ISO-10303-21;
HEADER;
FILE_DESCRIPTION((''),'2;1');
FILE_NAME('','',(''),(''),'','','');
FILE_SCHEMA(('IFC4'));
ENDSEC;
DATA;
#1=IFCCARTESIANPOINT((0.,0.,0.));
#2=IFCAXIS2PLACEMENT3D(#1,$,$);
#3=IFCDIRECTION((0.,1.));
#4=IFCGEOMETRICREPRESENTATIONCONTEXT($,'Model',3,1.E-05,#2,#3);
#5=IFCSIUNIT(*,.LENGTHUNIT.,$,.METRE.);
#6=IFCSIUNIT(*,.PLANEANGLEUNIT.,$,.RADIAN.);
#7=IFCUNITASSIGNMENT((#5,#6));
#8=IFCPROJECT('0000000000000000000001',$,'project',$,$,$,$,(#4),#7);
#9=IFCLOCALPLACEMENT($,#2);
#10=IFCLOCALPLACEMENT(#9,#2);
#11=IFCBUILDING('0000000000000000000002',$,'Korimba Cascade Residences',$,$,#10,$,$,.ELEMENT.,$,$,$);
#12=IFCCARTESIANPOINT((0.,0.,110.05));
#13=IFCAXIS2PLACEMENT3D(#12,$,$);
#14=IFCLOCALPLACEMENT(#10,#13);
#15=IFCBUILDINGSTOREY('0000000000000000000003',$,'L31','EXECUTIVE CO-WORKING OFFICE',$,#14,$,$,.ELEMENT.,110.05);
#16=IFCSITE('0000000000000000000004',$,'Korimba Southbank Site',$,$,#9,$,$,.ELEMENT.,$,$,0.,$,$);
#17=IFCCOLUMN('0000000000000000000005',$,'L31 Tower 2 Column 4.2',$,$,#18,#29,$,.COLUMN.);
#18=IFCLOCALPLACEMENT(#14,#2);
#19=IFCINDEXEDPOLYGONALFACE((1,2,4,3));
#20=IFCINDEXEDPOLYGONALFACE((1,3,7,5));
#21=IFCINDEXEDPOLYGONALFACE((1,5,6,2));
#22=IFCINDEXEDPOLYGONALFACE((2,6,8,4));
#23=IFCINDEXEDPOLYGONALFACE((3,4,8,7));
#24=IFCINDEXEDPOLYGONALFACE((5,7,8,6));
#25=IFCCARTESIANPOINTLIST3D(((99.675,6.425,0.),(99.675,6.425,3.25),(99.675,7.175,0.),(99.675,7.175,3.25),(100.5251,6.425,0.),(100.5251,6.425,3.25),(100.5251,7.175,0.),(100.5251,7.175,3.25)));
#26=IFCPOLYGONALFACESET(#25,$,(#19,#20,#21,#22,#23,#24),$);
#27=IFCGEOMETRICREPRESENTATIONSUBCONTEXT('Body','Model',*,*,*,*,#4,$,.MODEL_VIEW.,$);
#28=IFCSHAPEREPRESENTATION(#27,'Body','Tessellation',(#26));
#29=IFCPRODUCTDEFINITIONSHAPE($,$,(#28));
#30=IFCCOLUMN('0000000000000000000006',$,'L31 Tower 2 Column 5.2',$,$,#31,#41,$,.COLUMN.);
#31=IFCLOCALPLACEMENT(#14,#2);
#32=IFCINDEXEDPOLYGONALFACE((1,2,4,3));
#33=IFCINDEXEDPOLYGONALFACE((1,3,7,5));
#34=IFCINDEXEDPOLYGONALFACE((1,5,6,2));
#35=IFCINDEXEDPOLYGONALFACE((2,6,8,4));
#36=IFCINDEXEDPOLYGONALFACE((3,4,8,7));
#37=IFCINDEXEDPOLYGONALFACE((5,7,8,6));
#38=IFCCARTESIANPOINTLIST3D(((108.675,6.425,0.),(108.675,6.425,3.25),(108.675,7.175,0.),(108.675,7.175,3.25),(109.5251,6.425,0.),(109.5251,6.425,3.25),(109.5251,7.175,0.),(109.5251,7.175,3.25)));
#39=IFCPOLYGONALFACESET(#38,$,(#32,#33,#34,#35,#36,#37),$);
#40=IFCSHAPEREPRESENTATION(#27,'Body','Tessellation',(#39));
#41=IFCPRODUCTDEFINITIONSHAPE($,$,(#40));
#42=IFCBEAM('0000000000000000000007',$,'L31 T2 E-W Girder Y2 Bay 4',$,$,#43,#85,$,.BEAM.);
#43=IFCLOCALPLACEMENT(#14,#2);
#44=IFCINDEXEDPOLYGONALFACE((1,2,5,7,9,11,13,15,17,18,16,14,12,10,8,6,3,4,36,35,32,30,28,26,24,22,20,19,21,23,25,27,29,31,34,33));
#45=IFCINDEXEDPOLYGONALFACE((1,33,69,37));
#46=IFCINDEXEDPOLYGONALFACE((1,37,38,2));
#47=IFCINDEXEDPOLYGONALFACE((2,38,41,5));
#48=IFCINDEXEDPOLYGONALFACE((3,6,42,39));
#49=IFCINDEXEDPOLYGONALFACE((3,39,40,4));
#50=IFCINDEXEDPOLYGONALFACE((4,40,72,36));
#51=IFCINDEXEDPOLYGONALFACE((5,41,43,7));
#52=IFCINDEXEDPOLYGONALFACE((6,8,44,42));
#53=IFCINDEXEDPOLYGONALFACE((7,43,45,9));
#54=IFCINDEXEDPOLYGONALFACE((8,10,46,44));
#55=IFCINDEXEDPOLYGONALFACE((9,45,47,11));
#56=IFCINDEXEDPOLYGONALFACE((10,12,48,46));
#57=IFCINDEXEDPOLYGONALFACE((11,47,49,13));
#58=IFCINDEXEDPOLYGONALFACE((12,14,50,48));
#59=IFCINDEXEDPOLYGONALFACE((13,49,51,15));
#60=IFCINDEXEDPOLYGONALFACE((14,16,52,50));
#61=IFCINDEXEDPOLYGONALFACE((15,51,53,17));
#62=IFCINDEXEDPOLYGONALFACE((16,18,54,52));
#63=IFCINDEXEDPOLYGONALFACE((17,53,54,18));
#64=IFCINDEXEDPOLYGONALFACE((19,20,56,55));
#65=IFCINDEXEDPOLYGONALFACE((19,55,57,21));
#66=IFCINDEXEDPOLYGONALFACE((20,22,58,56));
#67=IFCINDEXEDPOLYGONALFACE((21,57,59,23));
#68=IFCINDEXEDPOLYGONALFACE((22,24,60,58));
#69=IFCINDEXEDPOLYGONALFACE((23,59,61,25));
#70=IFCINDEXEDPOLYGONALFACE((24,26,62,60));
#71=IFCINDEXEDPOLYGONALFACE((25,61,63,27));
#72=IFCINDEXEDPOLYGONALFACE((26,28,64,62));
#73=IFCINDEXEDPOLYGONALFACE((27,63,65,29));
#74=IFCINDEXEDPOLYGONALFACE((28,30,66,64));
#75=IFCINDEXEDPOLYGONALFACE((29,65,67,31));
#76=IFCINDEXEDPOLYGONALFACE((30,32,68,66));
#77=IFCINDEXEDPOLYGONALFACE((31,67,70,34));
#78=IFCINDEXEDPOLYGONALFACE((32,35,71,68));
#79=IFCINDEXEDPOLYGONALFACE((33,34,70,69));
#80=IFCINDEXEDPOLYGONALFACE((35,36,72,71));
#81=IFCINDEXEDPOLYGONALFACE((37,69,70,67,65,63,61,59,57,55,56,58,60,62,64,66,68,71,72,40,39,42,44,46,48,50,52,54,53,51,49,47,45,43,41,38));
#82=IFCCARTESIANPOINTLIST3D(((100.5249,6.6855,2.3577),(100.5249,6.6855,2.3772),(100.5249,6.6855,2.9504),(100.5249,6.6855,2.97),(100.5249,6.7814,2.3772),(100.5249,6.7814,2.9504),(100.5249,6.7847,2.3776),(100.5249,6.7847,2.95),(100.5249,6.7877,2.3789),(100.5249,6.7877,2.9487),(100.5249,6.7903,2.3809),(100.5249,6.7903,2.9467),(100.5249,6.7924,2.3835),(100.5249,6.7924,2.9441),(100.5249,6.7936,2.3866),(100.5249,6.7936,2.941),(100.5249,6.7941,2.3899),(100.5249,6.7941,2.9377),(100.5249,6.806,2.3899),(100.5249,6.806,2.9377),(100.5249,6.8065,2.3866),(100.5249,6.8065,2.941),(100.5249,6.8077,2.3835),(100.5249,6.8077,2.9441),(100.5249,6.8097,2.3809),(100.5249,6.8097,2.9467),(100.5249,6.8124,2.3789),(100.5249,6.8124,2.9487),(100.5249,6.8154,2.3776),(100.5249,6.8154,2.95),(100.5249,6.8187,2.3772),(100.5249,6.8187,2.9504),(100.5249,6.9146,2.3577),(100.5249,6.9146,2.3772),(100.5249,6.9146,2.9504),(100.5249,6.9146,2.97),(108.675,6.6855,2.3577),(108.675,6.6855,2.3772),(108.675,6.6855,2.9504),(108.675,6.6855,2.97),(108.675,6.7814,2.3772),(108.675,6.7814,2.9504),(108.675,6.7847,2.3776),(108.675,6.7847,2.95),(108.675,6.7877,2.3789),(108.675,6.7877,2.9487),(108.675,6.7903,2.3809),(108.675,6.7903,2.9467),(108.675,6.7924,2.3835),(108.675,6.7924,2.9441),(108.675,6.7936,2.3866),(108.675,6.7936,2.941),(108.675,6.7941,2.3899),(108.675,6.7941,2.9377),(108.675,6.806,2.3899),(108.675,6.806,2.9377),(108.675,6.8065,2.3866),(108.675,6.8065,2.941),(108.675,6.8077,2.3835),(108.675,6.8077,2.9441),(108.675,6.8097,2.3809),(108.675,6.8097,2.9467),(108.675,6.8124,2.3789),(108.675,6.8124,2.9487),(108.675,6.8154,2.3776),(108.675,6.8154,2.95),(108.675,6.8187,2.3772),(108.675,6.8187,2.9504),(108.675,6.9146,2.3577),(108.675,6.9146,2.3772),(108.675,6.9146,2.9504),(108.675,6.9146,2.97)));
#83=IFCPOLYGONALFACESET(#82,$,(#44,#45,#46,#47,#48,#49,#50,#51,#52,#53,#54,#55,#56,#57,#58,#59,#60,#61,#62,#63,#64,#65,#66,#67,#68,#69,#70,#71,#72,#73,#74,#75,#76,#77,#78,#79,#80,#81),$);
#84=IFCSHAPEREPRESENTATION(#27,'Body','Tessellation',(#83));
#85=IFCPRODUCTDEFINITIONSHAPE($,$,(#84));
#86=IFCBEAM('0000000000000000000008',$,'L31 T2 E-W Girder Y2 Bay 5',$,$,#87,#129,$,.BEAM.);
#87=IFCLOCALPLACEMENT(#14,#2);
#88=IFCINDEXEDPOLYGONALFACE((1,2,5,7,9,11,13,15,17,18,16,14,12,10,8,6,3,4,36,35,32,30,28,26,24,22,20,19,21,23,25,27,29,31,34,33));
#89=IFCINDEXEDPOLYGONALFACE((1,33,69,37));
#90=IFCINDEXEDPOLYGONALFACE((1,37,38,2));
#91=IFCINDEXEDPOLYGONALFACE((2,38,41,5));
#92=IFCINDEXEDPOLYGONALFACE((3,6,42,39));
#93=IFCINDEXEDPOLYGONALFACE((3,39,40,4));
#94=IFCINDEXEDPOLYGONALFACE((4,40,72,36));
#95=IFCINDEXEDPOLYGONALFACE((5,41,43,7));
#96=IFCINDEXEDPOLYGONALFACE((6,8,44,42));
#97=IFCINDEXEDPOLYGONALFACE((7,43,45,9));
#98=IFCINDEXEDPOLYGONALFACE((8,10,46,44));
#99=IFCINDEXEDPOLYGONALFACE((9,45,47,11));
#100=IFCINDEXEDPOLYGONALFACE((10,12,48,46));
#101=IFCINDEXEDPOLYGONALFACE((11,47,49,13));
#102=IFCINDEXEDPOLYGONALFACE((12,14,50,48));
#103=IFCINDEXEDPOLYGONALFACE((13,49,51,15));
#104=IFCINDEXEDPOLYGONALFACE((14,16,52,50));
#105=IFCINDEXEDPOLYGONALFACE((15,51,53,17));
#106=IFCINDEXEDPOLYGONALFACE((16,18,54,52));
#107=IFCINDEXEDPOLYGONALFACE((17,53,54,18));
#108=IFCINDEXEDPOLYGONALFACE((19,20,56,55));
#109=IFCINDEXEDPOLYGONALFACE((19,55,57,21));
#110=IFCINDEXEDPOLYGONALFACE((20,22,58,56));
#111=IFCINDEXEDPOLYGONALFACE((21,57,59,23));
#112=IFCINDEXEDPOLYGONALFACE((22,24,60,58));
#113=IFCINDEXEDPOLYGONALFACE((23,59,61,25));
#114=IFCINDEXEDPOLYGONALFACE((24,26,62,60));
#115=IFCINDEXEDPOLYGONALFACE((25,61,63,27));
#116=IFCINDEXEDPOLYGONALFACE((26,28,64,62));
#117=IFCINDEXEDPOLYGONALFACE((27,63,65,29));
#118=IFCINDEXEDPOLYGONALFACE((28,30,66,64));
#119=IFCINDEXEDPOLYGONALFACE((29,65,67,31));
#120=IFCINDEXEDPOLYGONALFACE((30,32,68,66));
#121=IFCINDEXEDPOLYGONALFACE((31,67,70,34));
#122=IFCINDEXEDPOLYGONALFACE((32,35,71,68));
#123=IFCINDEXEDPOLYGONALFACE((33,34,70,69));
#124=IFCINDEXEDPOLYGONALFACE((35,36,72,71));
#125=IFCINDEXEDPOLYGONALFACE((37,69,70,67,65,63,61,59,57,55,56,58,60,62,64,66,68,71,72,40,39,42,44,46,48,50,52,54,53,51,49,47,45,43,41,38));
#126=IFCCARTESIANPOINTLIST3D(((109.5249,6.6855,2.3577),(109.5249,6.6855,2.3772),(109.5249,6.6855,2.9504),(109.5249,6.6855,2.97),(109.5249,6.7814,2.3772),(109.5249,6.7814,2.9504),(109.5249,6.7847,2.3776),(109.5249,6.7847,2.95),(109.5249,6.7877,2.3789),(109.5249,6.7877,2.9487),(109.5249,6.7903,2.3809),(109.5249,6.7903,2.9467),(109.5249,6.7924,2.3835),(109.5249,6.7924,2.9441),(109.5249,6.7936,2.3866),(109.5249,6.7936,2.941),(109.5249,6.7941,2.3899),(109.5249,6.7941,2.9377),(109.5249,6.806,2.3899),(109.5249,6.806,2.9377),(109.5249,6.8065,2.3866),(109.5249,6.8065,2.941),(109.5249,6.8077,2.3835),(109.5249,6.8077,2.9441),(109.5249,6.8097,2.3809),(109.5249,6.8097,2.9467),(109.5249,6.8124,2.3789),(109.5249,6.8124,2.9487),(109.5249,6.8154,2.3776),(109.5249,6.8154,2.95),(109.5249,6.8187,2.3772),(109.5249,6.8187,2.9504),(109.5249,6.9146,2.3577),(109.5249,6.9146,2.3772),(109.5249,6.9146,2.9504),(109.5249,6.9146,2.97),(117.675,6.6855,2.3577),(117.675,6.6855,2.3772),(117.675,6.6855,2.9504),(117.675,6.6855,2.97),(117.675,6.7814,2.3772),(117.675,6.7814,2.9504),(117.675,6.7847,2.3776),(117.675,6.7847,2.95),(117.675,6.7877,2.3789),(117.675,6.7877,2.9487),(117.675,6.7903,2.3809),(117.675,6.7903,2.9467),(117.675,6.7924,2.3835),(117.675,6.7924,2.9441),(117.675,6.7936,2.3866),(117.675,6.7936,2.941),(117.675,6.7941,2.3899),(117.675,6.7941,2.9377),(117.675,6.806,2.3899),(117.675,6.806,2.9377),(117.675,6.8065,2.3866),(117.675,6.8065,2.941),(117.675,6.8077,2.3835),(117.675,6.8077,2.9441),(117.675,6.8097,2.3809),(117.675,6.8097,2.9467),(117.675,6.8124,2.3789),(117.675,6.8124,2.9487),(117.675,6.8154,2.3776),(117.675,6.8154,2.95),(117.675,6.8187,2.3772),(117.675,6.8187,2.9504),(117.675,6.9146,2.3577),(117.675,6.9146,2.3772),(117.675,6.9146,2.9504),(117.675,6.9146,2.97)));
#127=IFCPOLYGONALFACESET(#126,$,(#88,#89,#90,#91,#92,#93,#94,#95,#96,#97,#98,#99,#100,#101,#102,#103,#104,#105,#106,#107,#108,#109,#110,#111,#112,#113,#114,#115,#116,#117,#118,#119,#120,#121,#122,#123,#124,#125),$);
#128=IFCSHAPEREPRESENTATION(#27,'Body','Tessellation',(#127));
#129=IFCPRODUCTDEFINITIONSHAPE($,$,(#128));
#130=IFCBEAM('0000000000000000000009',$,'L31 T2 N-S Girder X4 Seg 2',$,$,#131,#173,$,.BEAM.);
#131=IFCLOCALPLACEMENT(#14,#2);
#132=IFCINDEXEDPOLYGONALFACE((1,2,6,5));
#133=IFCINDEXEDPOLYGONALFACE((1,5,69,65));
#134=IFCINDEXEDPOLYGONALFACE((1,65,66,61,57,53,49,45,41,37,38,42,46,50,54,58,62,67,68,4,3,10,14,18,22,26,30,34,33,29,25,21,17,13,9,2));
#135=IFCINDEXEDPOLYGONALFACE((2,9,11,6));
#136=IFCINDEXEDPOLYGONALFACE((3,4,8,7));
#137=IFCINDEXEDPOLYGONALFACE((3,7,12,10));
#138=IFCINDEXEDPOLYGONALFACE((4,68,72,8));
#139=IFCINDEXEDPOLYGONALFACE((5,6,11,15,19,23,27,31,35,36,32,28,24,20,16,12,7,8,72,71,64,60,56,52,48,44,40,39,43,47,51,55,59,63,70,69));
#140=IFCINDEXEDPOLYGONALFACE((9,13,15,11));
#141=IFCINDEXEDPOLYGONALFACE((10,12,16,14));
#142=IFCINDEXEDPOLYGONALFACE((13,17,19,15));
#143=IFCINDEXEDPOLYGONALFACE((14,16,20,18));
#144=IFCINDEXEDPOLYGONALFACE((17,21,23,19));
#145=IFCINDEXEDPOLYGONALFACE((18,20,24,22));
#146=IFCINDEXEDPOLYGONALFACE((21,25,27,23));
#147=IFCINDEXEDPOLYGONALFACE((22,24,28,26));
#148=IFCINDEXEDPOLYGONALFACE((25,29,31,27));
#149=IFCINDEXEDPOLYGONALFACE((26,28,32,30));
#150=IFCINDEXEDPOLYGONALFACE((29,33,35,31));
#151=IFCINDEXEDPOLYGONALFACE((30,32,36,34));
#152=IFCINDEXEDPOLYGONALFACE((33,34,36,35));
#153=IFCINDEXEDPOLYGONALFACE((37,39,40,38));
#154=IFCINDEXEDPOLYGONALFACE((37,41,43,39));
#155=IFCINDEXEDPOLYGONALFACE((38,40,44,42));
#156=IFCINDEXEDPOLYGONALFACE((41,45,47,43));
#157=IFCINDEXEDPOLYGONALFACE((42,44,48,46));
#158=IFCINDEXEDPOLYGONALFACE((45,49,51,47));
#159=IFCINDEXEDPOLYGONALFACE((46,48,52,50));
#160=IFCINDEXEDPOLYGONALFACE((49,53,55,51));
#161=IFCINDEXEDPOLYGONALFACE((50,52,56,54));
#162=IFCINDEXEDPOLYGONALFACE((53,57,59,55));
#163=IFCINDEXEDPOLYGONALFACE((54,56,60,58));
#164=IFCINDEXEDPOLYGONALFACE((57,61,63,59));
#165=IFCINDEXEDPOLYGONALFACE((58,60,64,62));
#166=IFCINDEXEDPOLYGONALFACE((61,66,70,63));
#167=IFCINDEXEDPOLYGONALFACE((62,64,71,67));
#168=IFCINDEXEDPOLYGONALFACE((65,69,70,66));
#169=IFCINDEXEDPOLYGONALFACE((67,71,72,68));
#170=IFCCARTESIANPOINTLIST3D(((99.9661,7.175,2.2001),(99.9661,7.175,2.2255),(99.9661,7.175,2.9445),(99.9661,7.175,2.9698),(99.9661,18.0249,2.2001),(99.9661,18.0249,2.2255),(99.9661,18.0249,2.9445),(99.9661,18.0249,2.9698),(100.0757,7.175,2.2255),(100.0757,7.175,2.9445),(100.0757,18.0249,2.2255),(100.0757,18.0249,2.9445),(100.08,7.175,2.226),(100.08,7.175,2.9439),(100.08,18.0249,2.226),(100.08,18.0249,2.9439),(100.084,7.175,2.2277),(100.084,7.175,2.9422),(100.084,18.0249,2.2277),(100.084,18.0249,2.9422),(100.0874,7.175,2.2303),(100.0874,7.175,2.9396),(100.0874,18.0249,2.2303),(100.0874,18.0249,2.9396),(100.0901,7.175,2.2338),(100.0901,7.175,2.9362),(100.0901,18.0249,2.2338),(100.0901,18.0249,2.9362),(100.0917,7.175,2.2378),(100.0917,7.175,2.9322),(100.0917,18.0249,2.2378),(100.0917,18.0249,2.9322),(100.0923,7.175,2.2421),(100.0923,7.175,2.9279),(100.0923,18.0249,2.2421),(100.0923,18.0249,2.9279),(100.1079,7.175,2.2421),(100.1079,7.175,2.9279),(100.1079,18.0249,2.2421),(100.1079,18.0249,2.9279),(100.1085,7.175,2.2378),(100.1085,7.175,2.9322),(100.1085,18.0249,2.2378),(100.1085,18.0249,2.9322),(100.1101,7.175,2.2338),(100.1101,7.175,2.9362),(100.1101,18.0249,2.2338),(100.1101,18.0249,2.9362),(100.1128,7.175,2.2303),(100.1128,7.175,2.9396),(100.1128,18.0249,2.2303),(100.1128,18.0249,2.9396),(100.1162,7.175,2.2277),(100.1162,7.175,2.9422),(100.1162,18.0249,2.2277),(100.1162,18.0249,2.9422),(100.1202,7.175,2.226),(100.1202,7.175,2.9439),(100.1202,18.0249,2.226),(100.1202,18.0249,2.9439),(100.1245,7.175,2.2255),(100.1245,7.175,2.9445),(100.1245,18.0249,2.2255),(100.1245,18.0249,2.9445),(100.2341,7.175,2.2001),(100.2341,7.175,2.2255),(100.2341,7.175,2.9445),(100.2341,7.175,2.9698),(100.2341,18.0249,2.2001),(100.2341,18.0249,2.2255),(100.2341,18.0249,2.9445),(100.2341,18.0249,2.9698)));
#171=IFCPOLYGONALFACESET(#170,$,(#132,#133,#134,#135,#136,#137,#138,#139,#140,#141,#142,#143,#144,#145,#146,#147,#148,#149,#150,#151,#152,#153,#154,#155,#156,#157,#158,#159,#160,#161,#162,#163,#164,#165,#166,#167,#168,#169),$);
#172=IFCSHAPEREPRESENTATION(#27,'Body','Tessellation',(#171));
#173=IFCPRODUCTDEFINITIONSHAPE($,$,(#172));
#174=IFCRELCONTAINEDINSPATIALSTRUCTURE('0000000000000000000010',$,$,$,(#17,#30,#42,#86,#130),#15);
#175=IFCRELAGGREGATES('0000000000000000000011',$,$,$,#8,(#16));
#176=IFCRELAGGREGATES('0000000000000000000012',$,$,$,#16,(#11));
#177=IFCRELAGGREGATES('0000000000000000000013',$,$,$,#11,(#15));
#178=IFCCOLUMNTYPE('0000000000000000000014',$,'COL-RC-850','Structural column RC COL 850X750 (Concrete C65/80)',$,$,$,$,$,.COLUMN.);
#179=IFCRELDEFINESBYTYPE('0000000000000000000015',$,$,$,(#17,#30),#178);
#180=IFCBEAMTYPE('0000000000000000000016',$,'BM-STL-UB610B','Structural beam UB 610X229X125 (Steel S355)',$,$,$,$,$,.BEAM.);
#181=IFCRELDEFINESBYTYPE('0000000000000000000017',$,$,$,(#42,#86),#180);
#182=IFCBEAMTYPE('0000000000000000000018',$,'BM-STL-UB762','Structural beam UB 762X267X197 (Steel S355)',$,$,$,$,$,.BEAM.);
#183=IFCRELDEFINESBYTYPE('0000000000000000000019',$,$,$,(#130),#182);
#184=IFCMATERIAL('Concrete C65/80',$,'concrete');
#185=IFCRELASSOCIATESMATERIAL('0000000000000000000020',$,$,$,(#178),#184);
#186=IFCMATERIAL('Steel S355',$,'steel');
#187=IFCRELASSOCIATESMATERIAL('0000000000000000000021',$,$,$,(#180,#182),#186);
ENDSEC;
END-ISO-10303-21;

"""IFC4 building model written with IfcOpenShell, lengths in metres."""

from ifc_helpers import new_model, si_unit, direction, frame, origin, origin_2d, place, context, subcontext, project, spatial, rectangle, i_section, extrude, material, material_profile, profile_set, type_object, element, save


model = new_model("IFC4")

# Units and contexts
model_context = context("Model", 3, precision=1e-05, world=origin(), true_north=direction((0.0, 1.0)))
body_context = subcontext(model_context, "Body", "Model", "MODEL_VIEW")
ifc_project = project(units=[si_unit("LENGTHUNIT", "METRE"), si_unit("PLANEANGLEUNIT", "RADIAN")], contexts=[model_context])

# Site, building, storey
site_placement = place(None, origin())
site = spatial("IfcSite", under=ifc_project, at=site_placement, Name="Korimba Southbank Site", CompositionType="ELEMENT", RefElevation=0.0)
building_placement = place(site_placement, origin())
building = spatial("IfcBuilding", under=site, at=building_placement, Name="Korimba Cascade Residences", CompositionType="ELEMENT")
storey_placement = place(building_placement, frame((0.0, 0.0, 110.05)))
storey = spatial("IfcBuildingStorey", under=building, at=storey_placement, Name="L31", Description="EXECUTIVE CO-WORKING OFFICE", CompositionType="ELEMENT", Elevation=110.05)

# Columns
ifc_material_1 = material(Name="Concrete C65/80", Category="concrete")
ifc_material_profile_1 = material_profile(ifc_material_1, rectangle(XDim=0.8501, YDim=0.75, at=origin_2d()), Name="Concrete C65/80")
ifc_profile_set_1 = profile_set([ifc_material_profile_1], Name="Concrete C65/80")
column_type = type_object("IfcColumnType", Name="COL-RC-850", Description="Structural column RC COL 850X750 (Concrete C65/80)", PredefinedType="COLUMN", material=ifc_profile_set_1)
for number, where, z_axis, x_axis, name in (
    (1, (100.1001, 6.8, 0.0), (0.0, 0.0, 1.0), (1.0, 0.0, 0.0), "L31 Tower 2 Column 4.2"),
    (2, (109.1001, 6.8, 0.0), (0.0, 0.0, 1.0), (1.0, 0.0, 0.0), "L31 Tower 2 Column 5.2"),
):
    element("IfcColumn", number, at=place(storey_placement, frame(where, z_axis=z_axis, x_axis=x_axis)), inside=storey, type_object=column_type, Name=name, PredefinedType="COLUMN", context=body_context, shape_type="SweptSolid", body=[
        extrude(rectangle(XDim=0.8501, YDim=0.75, at=origin_2d()), origin(), (0.0, 0.0, 1.0), 3.25),
    ])

# Beams
ifc_material_2 = material(Name="Steel S355", Category="steel")
ifc_material_profile_2 = material_profile(ifc_material_2, i_section(OverallWidth=0.229, OverallDepth=0.6123, WebThickness=0.012, FlangeThickness=0.0195, FilletRadius=0.0127, at=origin_2d()), Name="Steel S355")
ifc_profile_set_2 = profile_set([ifc_material_profile_2], Name="Steel S355")
beam_type_1 = type_object("IfcBeamType", Name="BM-STL-UB610B", Description="Structural beam UB 610X229X125 (Steel S355)", PredefinedType="BEAM", material=ifc_profile_set_2)
for number, where, z_axis, x_axis, name in (
    (3, (100.5249, 6.8, 2.6638), (1.0, 0.0, 0.0), (0.0, 1.0, 0.0), "L31 T2 E-W Girder Y2 Bay 4"),
    (4, (109.5249, 6.8, 2.6638), (1.0, 0.0, 0.0), (0.0, 1.0, 0.0), "L31 T2 E-W Girder Y2 Bay 5"),
):
    element("IfcBeam", number, at=place(storey_placement, frame(where, z_axis=z_axis, x_axis=x_axis)), inside=storey, type_object=beam_type_1, Name=name, PredefinedType="BEAM", context=body_context, shape_type="SweptSolid", body=[
        extrude(i_section(OverallWidth=0.229, OverallDepth=0.6123, WebThickness=0.012, FlangeThickness=0.0195, FilletRadius=0.0127, at=origin_2d()), origin(), (0.0, 0.0, 1.0), 8.1501),
    ])
ifc_material_profile_3 = material_profile(ifc_material_2, i_section(OverallWidth=0.2681, OverallDepth=0.7698, WebThickness=0.0156, FlangeThickness=0.0254, FilletRadius=0.0166, at=origin_2d()), Name="Steel S355")
ifc_profile_set_3 = profile_set([ifc_material_profile_3], Name="Steel S355")
beam_type_2 = type_object("IfcBeamType", Name="BM-STL-UB762", Description="Structural beam UB 762X267X197 (Steel S355)", PredefinedType="BEAM", material=ifc_profile_set_3)
beam_1_placement = place(storey_placement, frame((100.1001, 7.175, 2.585), z_axis=(0.0, 1.0, 0.0), x_axis=(-1.0, 0.0, 0.0)))
element("IfcBeam", 5, at=beam_1_placement, inside=storey, type_object=beam_type_2, Name="L31 T2 N-S Girder X4 Seg 2", PredefinedType="BEAM", context=body_context, shape_type="SweptSolid", body=[
    extrude(i_section(OverallWidth=0.2681, OverallDepth=0.7698, WebThickness=0.0156, FlangeThickness=0.0254, FilletRadius=0.0166, at=origin_2d()), origin(), (0.0, 0.0, 1.0), 10.8499),
])

save(model, "model.ifc")
